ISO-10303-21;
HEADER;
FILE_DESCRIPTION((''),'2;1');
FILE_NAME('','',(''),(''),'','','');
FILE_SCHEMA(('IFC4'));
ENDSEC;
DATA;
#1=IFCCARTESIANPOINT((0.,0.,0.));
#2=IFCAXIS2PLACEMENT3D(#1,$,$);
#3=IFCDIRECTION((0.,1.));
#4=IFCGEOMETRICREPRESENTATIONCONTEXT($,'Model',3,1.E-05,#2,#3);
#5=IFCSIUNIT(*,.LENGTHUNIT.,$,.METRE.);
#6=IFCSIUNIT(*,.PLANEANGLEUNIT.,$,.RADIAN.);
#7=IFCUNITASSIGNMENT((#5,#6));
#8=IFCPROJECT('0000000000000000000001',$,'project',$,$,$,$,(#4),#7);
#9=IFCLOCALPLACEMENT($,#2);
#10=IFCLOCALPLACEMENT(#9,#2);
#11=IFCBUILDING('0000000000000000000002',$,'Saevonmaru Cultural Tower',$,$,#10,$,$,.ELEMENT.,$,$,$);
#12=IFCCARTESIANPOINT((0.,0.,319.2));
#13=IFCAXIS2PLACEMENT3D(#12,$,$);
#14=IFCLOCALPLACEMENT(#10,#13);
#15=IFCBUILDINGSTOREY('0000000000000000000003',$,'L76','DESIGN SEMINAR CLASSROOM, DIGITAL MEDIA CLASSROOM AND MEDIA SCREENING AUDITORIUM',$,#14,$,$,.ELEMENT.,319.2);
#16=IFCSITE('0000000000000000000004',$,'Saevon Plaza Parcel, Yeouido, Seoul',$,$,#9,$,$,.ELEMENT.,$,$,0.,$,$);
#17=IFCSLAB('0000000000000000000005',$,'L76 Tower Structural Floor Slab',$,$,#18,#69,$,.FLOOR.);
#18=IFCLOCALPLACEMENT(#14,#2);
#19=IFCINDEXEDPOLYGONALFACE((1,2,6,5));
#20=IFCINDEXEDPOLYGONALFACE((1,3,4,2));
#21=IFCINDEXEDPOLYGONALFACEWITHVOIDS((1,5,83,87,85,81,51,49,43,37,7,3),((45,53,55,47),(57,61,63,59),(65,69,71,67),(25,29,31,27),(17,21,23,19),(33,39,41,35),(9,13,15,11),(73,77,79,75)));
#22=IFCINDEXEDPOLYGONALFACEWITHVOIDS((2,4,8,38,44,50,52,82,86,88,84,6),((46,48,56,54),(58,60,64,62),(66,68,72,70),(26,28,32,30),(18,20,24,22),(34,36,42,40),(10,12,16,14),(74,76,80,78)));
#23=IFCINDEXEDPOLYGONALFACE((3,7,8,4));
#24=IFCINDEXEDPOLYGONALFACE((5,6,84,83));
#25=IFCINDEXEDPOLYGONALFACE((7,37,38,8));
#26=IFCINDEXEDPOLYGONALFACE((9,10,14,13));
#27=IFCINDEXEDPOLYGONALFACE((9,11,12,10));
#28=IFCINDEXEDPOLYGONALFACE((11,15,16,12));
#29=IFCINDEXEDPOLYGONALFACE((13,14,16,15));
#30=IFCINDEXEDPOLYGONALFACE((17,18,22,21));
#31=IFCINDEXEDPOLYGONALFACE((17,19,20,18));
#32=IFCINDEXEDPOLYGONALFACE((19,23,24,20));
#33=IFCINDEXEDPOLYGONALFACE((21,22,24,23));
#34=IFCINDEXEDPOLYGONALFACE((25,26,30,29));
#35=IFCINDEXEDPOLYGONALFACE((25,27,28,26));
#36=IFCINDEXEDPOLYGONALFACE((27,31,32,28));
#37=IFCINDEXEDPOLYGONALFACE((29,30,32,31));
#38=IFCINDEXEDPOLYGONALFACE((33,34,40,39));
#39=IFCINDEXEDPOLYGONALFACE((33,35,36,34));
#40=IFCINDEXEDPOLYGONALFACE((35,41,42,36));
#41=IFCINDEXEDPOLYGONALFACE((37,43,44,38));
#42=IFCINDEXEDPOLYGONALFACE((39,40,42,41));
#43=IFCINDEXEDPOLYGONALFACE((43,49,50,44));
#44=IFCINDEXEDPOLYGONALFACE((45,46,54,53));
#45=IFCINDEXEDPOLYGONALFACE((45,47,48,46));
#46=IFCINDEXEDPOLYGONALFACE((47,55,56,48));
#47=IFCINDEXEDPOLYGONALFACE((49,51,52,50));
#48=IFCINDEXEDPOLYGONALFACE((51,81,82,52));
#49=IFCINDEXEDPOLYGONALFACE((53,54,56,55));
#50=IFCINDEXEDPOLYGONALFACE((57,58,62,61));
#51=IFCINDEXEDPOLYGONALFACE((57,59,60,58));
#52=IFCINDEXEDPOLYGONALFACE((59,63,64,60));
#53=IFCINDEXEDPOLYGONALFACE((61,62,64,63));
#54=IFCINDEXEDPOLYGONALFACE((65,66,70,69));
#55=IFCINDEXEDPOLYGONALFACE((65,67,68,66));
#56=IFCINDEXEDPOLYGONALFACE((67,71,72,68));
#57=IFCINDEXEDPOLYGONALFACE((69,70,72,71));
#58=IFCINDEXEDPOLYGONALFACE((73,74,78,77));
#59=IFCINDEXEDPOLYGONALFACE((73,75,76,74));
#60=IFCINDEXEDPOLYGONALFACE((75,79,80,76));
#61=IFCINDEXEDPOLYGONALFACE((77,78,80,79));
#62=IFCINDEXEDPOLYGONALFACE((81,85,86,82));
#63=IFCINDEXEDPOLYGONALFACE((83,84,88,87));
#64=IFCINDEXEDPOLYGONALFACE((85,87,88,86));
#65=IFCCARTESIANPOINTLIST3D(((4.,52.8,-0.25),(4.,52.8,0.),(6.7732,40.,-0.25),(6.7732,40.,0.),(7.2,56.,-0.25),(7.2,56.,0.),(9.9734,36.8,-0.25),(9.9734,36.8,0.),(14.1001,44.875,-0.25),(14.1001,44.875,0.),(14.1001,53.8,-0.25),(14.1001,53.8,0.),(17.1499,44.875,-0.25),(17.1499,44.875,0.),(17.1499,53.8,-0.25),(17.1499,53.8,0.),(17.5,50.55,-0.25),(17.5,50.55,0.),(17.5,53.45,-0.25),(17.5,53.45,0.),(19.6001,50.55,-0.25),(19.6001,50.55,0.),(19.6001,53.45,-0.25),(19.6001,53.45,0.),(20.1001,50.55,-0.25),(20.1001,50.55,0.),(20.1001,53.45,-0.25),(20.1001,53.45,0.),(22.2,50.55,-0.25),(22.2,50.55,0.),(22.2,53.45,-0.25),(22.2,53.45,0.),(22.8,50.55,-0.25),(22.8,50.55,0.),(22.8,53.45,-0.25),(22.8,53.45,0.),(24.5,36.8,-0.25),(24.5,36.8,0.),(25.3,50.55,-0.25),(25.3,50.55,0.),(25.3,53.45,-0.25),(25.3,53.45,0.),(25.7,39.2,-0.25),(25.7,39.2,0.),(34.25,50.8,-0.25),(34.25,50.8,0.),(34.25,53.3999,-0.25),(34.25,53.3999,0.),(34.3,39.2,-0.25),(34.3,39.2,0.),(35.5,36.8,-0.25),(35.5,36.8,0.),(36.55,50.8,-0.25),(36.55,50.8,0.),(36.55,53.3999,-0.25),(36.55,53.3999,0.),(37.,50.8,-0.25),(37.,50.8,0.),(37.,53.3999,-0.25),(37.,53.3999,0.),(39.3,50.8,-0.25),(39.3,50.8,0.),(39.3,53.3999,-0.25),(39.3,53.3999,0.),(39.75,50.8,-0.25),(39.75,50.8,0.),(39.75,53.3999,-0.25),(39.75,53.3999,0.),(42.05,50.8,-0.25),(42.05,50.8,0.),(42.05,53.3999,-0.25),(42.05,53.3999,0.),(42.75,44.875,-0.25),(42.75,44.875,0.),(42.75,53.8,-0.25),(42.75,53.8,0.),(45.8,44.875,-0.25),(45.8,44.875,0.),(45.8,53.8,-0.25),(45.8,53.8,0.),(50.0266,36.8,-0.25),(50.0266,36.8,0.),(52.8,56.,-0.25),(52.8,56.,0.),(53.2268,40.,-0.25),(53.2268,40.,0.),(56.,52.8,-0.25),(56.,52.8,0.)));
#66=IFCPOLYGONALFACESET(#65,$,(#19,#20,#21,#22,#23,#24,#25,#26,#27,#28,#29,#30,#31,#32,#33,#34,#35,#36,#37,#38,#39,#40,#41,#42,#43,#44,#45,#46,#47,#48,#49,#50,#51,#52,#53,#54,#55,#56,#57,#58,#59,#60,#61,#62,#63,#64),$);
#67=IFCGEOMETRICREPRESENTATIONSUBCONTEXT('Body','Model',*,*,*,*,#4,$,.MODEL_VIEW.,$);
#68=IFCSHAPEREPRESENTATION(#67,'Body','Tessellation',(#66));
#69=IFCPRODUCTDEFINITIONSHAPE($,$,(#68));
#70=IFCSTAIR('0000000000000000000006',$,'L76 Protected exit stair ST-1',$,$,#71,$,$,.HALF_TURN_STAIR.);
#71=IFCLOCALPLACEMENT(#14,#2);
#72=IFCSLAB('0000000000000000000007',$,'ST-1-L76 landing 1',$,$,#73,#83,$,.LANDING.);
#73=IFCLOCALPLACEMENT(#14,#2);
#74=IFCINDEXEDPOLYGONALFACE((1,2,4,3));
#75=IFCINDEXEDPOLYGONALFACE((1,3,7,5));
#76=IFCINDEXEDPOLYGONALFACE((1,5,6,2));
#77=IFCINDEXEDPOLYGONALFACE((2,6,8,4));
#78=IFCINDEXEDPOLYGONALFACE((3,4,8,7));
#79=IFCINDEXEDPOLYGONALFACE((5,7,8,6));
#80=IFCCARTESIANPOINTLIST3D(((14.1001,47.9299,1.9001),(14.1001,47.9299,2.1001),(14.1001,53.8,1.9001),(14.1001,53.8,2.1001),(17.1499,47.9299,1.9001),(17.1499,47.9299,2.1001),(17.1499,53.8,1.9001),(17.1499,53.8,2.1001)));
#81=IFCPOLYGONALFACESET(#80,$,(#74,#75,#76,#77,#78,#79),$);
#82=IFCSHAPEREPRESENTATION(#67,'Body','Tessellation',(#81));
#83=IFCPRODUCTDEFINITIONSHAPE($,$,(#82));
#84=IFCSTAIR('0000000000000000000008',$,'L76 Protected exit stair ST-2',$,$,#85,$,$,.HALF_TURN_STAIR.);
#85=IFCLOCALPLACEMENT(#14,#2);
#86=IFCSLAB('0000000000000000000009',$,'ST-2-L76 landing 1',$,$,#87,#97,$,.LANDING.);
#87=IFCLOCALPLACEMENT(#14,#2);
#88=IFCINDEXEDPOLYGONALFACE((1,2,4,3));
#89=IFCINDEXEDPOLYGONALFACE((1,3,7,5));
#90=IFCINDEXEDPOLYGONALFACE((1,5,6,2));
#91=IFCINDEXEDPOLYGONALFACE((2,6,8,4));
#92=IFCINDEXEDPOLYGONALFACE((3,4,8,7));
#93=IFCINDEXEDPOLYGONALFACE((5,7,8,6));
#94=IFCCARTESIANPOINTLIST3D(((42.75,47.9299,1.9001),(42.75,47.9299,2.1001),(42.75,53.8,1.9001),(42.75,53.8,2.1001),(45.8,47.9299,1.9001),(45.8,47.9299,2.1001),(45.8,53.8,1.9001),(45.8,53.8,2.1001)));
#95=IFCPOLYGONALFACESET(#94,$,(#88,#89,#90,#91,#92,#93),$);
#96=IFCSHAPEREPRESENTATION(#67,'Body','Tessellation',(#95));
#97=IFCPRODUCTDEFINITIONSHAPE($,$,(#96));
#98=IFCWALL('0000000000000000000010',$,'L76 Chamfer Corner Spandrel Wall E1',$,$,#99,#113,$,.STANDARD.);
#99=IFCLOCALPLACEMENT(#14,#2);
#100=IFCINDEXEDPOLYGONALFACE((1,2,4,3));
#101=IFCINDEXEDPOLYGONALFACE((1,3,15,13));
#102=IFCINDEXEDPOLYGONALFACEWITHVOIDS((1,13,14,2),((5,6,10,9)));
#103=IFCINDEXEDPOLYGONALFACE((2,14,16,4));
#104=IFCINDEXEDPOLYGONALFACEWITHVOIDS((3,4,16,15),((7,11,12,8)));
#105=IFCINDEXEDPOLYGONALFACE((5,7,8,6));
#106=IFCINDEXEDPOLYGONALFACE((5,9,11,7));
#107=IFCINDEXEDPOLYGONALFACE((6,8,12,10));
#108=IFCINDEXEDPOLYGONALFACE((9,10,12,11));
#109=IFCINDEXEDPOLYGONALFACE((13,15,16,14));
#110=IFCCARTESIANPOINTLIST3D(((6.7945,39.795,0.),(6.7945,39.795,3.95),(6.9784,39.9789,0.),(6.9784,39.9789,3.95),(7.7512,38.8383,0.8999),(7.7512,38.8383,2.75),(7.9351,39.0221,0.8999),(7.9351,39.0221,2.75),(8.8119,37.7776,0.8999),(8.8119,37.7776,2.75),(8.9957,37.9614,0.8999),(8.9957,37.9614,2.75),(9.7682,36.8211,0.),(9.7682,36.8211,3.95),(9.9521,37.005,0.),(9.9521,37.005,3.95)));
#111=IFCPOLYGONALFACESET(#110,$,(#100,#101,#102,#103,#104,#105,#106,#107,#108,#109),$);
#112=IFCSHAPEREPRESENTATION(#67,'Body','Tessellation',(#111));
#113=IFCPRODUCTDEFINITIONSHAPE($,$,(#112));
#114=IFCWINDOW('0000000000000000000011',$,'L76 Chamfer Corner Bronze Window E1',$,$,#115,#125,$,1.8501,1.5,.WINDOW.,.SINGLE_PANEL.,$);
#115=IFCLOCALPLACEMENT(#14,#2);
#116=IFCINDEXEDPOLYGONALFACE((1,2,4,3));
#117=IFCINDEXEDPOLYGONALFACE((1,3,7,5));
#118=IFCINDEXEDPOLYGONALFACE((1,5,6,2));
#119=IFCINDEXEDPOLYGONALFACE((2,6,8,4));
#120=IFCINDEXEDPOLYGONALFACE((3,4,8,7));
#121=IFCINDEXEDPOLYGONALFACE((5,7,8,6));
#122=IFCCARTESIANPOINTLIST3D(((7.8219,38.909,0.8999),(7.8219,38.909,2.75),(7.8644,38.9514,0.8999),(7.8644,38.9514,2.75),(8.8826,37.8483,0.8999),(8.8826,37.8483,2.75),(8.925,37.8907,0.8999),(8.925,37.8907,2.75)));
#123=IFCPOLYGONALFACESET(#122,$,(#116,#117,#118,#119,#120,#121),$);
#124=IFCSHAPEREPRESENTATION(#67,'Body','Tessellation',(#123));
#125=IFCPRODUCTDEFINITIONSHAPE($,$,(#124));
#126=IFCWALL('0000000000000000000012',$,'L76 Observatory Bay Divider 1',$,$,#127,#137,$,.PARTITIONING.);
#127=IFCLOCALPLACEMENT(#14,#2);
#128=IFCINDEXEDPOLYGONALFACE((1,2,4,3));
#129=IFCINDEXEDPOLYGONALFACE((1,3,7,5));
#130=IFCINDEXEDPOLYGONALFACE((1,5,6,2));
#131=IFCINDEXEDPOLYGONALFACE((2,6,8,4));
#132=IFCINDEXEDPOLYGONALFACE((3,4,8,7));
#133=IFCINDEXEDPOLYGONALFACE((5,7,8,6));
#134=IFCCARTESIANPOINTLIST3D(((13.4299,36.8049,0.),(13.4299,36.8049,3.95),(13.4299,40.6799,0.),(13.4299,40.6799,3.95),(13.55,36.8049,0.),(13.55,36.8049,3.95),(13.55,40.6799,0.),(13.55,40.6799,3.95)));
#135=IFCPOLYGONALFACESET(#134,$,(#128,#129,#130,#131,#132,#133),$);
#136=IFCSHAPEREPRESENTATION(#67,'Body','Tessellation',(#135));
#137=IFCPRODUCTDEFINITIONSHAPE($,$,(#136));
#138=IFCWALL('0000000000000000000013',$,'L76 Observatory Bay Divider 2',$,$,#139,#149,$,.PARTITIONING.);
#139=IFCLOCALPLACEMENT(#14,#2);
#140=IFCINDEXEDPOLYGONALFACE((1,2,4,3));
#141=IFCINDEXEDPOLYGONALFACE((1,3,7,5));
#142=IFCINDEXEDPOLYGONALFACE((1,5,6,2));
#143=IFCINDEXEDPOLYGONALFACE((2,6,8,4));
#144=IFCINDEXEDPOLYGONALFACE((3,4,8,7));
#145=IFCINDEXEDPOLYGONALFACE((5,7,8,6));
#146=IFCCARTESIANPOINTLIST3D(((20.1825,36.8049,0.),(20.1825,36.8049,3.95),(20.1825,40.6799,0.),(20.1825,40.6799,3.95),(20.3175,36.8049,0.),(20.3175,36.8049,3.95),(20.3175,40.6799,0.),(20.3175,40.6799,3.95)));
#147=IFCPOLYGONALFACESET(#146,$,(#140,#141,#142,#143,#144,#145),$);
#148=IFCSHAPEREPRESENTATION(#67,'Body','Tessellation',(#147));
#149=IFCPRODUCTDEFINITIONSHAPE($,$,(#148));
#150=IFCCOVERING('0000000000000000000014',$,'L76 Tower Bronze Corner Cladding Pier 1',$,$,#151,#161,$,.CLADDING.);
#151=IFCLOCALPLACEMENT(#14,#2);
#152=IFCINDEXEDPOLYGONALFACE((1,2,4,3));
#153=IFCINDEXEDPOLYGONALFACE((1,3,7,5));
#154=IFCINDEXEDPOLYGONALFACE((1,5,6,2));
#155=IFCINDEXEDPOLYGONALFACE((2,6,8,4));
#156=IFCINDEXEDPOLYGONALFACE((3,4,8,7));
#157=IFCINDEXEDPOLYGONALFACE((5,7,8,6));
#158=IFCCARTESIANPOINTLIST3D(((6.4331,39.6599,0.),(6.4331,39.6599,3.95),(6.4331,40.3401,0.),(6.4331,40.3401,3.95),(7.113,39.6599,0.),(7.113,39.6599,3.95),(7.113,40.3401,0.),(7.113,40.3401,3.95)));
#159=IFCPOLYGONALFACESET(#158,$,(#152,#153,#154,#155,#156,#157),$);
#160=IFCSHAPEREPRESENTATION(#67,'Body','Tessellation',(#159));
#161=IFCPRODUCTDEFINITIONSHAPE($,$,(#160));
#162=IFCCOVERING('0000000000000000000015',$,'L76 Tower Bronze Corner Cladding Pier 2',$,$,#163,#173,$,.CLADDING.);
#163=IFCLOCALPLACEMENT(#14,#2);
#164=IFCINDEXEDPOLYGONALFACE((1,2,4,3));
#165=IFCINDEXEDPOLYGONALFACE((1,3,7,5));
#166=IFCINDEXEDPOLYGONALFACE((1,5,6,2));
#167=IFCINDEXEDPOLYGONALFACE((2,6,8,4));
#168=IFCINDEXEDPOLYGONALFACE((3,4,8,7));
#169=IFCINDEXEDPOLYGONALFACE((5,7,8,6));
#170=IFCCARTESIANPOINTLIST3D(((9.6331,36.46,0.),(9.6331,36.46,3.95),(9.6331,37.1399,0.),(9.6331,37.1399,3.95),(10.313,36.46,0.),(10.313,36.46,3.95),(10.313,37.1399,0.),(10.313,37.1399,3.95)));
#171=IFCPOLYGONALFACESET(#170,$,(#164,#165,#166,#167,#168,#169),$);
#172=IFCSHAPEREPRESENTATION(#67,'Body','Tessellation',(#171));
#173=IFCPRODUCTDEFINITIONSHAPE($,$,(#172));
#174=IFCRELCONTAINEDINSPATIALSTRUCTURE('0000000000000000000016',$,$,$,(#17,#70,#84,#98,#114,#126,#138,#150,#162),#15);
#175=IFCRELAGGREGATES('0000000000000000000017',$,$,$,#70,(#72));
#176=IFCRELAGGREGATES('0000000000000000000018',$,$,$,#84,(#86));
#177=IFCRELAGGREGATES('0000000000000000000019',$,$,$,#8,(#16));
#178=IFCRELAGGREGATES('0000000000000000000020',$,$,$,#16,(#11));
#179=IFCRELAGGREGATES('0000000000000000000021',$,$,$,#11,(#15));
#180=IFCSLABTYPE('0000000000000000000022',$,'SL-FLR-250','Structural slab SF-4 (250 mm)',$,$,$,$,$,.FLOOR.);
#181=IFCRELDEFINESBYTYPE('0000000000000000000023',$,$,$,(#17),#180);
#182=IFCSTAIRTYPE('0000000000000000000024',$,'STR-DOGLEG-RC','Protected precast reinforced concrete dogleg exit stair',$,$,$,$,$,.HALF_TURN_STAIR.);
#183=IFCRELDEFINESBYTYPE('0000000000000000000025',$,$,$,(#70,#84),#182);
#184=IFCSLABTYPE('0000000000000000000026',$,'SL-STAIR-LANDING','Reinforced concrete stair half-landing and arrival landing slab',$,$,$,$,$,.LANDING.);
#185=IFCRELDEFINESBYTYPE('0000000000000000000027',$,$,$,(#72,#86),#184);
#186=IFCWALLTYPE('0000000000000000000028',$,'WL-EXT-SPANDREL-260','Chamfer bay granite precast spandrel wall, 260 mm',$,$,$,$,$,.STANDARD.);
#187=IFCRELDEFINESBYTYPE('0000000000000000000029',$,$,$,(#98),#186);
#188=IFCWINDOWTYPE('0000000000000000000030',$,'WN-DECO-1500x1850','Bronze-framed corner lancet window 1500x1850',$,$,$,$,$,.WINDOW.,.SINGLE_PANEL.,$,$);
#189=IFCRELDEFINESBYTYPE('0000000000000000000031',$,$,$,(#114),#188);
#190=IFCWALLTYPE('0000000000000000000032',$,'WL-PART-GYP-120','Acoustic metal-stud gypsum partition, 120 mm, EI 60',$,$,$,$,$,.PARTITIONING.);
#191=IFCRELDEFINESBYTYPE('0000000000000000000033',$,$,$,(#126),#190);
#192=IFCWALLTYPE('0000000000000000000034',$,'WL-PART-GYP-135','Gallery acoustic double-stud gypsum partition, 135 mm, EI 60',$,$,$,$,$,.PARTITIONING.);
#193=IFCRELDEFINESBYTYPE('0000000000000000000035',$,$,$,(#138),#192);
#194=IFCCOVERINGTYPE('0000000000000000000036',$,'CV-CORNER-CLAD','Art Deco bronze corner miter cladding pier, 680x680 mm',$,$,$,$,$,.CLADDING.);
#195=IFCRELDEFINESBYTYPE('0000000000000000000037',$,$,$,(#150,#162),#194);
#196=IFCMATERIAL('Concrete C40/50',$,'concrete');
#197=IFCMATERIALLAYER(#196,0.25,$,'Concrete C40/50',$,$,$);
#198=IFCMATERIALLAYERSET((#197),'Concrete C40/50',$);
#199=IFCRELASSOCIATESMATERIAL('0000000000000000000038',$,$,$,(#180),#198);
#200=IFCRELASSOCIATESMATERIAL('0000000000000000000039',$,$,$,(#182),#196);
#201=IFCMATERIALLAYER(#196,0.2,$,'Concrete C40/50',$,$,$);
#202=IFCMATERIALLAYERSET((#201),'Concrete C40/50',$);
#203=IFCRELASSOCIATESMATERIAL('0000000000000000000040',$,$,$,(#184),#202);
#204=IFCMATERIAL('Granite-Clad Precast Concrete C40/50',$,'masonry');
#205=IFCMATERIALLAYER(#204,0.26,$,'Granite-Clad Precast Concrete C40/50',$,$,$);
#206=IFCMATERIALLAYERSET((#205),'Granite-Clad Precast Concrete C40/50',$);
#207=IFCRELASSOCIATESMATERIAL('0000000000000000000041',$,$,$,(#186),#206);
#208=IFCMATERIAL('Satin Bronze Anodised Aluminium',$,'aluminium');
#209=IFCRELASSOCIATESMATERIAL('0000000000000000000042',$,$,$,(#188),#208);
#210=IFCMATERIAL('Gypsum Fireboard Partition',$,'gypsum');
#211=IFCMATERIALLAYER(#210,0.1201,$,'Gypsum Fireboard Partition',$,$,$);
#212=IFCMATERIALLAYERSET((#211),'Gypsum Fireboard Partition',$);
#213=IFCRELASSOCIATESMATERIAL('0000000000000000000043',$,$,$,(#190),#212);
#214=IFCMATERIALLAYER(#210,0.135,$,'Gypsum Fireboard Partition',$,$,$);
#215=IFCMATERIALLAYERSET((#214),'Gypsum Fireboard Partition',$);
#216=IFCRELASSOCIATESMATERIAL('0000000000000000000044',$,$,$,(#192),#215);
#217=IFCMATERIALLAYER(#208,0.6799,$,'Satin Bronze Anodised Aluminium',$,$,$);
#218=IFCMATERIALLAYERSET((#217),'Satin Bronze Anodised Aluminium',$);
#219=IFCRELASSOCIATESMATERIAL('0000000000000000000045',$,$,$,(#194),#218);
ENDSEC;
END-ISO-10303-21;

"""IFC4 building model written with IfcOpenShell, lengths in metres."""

from ifc_helpers import new_model, si_unit, direction, frame, frame_2d, origin, place, context, subcontext, project, spatial, polyline, rectangle, outline, extrude, material, layer, layer_set, type_object, element, fill, aggregate, save


model = new_model("IFC4")

# Units and contexts
model_context = context("Model", 3, precision=1e-05, world=origin(), true_north=direction((0.0, 1.0)))
body_context = subcontext(model_context, "Body", "Model", "MODEL_VIEW")
ifc_project = project(units=[si_unit("LENGTHUNIT", "METRE"), si_unit("PLANEANGLEUNIT", "RADIAN")], contexts=[model_context])

# Site, building, storey
site_placement = place(None, origin())
site = spatial("IfcSite", under=ifc_project, at=site_placement, Name="Saevon Plaza Parcel, Yeouido, Seoul", CompositionType="ELEMENT", RefElevation=0.0)
building_placement = place(site_placement, origin())
building = spatial("IfcBuilding", under=site, at=building_placement, Name="Saevonmaru Cultural Tower", CompositionType="ELEMENT")
storey_placement = place(building_placement, frame((0.0, 0.0, 319.2)))
storey = spatial("IfcBuildingStorey", under=building, at=storey_placement, Name="L76", Description="DESIGN SEMINAR CLASSROOM, DIGITAL MEDIA CLASSROOM AND MEDIA SCREENING AUDITORIUM", CompositionType="ELEMENT", Elevation=319.2)

# Shared definitions
ifc_material_1 = material(Name="Satin Bronze Anodised Aluminium", Category="aluminium")

# Slab
ifc_material_2 = material(Name="Concrete C40/50", Category="concrete")
ifc_layer_1 = layer(ifc_material_2, 0.25, Name="Concrete C40/50")
ifc_layer_set_1 = layer_set([ifc_layer_1], Name="Concrete C40/50")
slab_type_1 = type_object("IfcSlabType", Name="SL-FLR-250", Description="Structural slab SF-4 (250 mm)", PredefinedType="FLOOR", material=ifc_layer_set_1)
slab_1_placement = place(storey_placement, frame((0.0, 0.0, -0.25)))
element("IfcSlab", 1, at=slab_1_placement, inside=storey, type_object=slab_type_1, Name="L76 Tower Structural Floor Slab", PredefinedType="FLOOR", context=body_context, shape_type="SweptSolid", body=[
    extrude(outline(polyline([(6.7732, 40.0), (9.9734, 36.8), (24.5, 36.8), (25.7, 39.2), (34.3, 39.2), (35.5, 36.8), (50.0266, 36.8), (53.2268, 40.0), (56.0, 52.8), (52.8, 56.0), (7.2, 56.0), (4.0, 52.8), (6.7732, 40.0)]), holes=[polyline([(45.8, 53.8), (45.8, 44.875), (42.75, 44.875), (42.75, 53.8), (45.8, 53.8)]), polyline([(42.05, 50.8), (39.75, 50.8), (39.75, 53.3999), (42.05, 53.3999), (42.05, 50.8)]), polyline([(39.3, 50.8), (37.0, 50.8), (37.0, 53.3999), (39.3, 53.3999), (39.3, 50.8)]), polyline([(36.55, 50.8), (34.25, 50.8), (34.25, 53.3999), (36.55, 53.3999), (36.55, 50.8)]), polyline([(25.3, 50.55), (22.8, 50.55), (22.8, 53.45), (25.3, 53.45), (25.3, 50.55)]), polyline([(22.2, 50.55), (20.1001, 50.55), (20.1001, 53.45), (22.2, 53.45), (22.2, 50.55)]), polyline([(19.6001, 50.55), (17.5, 50.55), (17.5, 53.45), (19.6001, 53.45), (19.6001, 50.55)]), polyline([(17.1499, 53.8), (17.1499, 44.875), (14.1001, 44.875), (14.1001, 53.8), (17.1499, 53.8)])]), origin(), (0.0, 0.0, 1.0), 0.25),
])

# Stairs, slabs
stair_type = type_object("IfcStairType", Name="STR-DOGLEG-RC", Description="Protected precast reinforced concrete dogleg exit stair", PredefinedType="HALF_TURN_STAIR", material=ifc_material_2)
stair_1_placement = place(storey_placement, origin())
stair_1 = element("IfcStair", 2, at=stair_1_placement, inside=storey, type_object=stair_type, Name="L76 Protected exit stair ST-1", PredefinedType="HALF_TURN_STAIR")
ifc_layer_2 = layer(ifc_material_2, 0.2, Name="Concrete C40/50")
ifc_layer_set_2 = layer_set([ifc_layer_2], Name="Concrete C40/50")
slab_type_2 = type_object("IfcSlabType", Name="SL-STAIR-LANDING", Description="Reinforced concrete stair half-landing and arrival landing slab", PredefinedType="LANDING", material=ifc_layer_set_2)
slab_2_placement = place(storey_placement, frame((0.0, 0.0, 1.9001)))
slab_2 = element("IfcSlab", 3, at=slab_2_placement, type_object=slab_type_2, Name="ST-1-L76 landing 1", PredefinedType="LANDING", context=body_context, shape_type="SweptSolid", body=[
    extrude(outline(polyline([(17.1499, 47.9299), (17.1499, 53.8), (14.1001, 53.8), (14.1001, 47.9299), (17.1499, 47.9299)])), origin(), (0.0, 0.0, 1.0), 0.2),
])
aggregate(stair_1, [slab_2])
stair_2_placement = place(storey_placement, origin())
stair_2 = element("IfcStair", 4, at=stair_2_placement, inside=storey, type_object=stair_type, Name="L76 Protected exit stair ST-2", PredefinedType="HALF_TURN_STAIR")
slab_3_placement = place(storey_placement, frame((0.0, 0.0, 1.9001)))
slab_3 = element("IfcSlab", 5, at=slab_3_placement, type_object=slab_type_2, Name="ST-2-L76 landing 1", PredefinedType="LANDING", context=body_context, shape_type="SweptSolid", body=[
    extrude(outline(polyline([(45.8, 47.9299), (45.8, 53.8), (42.75, 53.8), (42.75, 47.9299), (45.8, 47.9299)])), origin(), (0.0, 0.0, 1.0), 0.2),
])
aggregate(stair_2, [slab_3])

# Wall, opening, window
ifc_material_3 = material(Name="Granite-Clad Precast Concrete C40/50", Category="masonry")
ifc_layer_3 = layer(ifc_material_3, 0.26, Name="Granite-Clad Precast Concrete C40/50")
ifc_layer_set_3 = layer_set([ifc_layer_3], Name="Granite-Clad Precast Concrete C40/50")
wall_type_1 = type_object("IfcWallType", Name="WL-EXT-SPANDREL-260", Description="Chamfer bay granite precast spandrel wall, 260 mm", PredefinedType="STANDARD", material=ifc_layer_set_3)
wall_1_placement = place(storey_placement, frame((6.8865, 39.887, 0.0), z_axis=(0.0, 0.0, 1.0), x_axis=(0.707078, -0.707136, 0.0)))
wall_1 = element("IfcWall", 6, at=wall_1_placement, inside=storey, type_object=wall_type_1, Name="L76 Chamfer Corner Spandrel Wall E1", PredefinedType="STANDARD", context=body_context, shape_type="SweptSolid", body=[
    extrude(rectangle(XDim=4.2056, YDim=0.26, at=frame_2d((2.1028, 0.0))), origin(), (0.0, 0.0, 1.0), 3.95),
])
opening_placement = place(wall_1_placement, frame((1.353, 0.0, 0.8999)))
opening = element("IfcOpeningElement", 7, at=opening_placement, cuts=wall_1, PredefinedType="OPENING", context=body_context, shape_type="SweptSolid", body=[
    extrude(rectangle(XDim=1.5, YDim=1.8501, at=frame_2d((0.75, 0.925))), frame((0.0, 0.1401, 0.0), z_axis=(0.0, -1.0, 0.0), x_axis=(1.0, 0.0, 0.0)), (0.0, 0.0, 1.0), 0.28),
])
window_type = type_object("IfcWindowType", Name="WN-DECO-1500x1850", Description="Bronze-framed corner lancet window 1500x1850", PartitioningType="SINGLE_PANEL", PredefinedType="WINDOW", material=ifc_material_1)
window_placement = place(opening_placement, origin())
window = element("IfcWindow", 8, at=window_placement, inside=storey, type_object=window_type, Name="L76 Chamfer Corner Bronze Window E1", OverallHeight=1.8501, OverallWidth=1.5, PartitioningType="SINGLE_PANEL", PredefinedType="WINDOW", context=body_context, shape_type="SweptSolid", body=[
    extrude(rectangle(XDim=1.5, YDim=1.8501, at=frame_2d((0.75, 0.925))), frame((0.0, 0.03, 0.0), z_axis=(0.0, -1.0, 0.0), x_axis=(1.0, 0.0, 0.0)), (0.0, 0.0, 1.0), 0.0601),
])
fill(opening, window)

# Walls
ifc_material_4 = material(Name="Gypsum Fireboard Partition", Category="gypsum")
ifc_layer_4 = layer(ifc_material_4, 0.1201, Name="Gypsum Fireboard Partition")
ifc_layer_set_4 = layer_set([ifc_layer_4], Name="Gypsum Fireboard Partition")
wall_type_2 = type_object("IfcWallType", Name="WL-PART-GYP-120", Description="Acoustic metal-stud gypsum partition, 120 mm, EI 60", PredefinedType="PARTITIONING", material=ifc_layer_set_4)
wall_2_placement = place(storey_placement, frame((13.49, 36.8049, 0.0), z_axis=(0.0, 0.0, 1.0), x_axis=(0.0, 1.0, 0.0)))
element("IfcWall", 9, at=wall_2_placement, inside=storey, type_object=wall_type_2, Name="L76 Observatory Bay Divider 1", PredefinedType="PARTITIONING", context=body_context, shape_type="SweptSolid", body=[
    extrude(rectangle(XDim=3.875, YDim=0.1201, at=frame_2d((1.9375, 0.0))), origin(), (0.0, 0.0, 1.0), 3.95),
])
ifc_layer_5 = layer(ifc_material_4, 0.135, Name="Gypsum Fireboard Partition")
ifc_layer_set_5 = layer_set([ifc_layer_5], Name="Gypsum Fireboard Partition")
wall_type_3 = type_object("IfcWallType", Name="WL-PART-GYP-135", Description="Gallery acoustic double-stud gypsum partition, 135 mm, EI 60", PredefinedType="PARTITIONING", material=ifc_layer_set_5)
wall_3_placement = place(storey_placement, frame((20.25, 36.8049, 0.0), z_axis=(0.0, 0.0, 1.0), x_axis=(0.0, 1.0, 0.0)))
element("IfcWall", 10, at=wall_3_placement, inside=storey, type_object=wall_type_3, Name="L76 Observatory Bay Divider 2", PredefinedType="PARTITIONING", context=body_context, shape_type="SweptSolid", body=[
    extrude(rectangle(XDim=3.875, YDim=0.135, at=frame_2d((1.9375, 0.0))), origin(), (0.0, 0.0, 1.0), 3.95),
])

# Coverings
ifc_layer_6 = layer(ifc_material_1, 0.6799, Name="Satin Bronze Anodised Aluminium")
ifc_layer_set_6 = layer_set([ifc_layer_6], Name="Satin Bronze Anodised Aluminium")
covering_type = type_object("IfcCoveringType", Name="CV-CORNER-CLAD", Description="Art Deco bronze corner miter cladding pier, 680x680 mm", PredefinedType="CLADDING", material=ifc_layer_set_6)
covering_1_placement = place(storey_placement, origin())
element("IfcCovering", 11, at=covering_1_placement, inside=storey, type_object=covering_type, Name="L76 Tower Bronze Corner Cladding Pier 1", PredefinedType="CLADDING", context=body_context, shape_type="SweptSolid", body=[
    extrude(outline(polyline([(6.4331, 39.6599), (7.113, 39.6599), (7.113, 40.3401), (6.4331, 40.3401), (6.4331, 39.6599)])), origin(), (0.0, 0.0, 1.0), 3.95),
])
covering_2_placement = place(storey_placement, origin())
element("IfcCovering", 12, at=covering_2_placement, inside=storey, type_object=covering_type, Name="L76 Tower Bronze Corner Cladding Pier 2", PredefinedType="CLADDING", context=body_context, shape_type="SweptSolid", body=[
    extrude(outline(polyline([(9.6331, 36.46), (10.313, 36.46), (10.313, 37.1399), (9.6331, 37.1399), (9.6331, 36.46)])), origin(), (0.0, 0.0, 1.0), 3.95),
])

save(model, "model.ifc")
